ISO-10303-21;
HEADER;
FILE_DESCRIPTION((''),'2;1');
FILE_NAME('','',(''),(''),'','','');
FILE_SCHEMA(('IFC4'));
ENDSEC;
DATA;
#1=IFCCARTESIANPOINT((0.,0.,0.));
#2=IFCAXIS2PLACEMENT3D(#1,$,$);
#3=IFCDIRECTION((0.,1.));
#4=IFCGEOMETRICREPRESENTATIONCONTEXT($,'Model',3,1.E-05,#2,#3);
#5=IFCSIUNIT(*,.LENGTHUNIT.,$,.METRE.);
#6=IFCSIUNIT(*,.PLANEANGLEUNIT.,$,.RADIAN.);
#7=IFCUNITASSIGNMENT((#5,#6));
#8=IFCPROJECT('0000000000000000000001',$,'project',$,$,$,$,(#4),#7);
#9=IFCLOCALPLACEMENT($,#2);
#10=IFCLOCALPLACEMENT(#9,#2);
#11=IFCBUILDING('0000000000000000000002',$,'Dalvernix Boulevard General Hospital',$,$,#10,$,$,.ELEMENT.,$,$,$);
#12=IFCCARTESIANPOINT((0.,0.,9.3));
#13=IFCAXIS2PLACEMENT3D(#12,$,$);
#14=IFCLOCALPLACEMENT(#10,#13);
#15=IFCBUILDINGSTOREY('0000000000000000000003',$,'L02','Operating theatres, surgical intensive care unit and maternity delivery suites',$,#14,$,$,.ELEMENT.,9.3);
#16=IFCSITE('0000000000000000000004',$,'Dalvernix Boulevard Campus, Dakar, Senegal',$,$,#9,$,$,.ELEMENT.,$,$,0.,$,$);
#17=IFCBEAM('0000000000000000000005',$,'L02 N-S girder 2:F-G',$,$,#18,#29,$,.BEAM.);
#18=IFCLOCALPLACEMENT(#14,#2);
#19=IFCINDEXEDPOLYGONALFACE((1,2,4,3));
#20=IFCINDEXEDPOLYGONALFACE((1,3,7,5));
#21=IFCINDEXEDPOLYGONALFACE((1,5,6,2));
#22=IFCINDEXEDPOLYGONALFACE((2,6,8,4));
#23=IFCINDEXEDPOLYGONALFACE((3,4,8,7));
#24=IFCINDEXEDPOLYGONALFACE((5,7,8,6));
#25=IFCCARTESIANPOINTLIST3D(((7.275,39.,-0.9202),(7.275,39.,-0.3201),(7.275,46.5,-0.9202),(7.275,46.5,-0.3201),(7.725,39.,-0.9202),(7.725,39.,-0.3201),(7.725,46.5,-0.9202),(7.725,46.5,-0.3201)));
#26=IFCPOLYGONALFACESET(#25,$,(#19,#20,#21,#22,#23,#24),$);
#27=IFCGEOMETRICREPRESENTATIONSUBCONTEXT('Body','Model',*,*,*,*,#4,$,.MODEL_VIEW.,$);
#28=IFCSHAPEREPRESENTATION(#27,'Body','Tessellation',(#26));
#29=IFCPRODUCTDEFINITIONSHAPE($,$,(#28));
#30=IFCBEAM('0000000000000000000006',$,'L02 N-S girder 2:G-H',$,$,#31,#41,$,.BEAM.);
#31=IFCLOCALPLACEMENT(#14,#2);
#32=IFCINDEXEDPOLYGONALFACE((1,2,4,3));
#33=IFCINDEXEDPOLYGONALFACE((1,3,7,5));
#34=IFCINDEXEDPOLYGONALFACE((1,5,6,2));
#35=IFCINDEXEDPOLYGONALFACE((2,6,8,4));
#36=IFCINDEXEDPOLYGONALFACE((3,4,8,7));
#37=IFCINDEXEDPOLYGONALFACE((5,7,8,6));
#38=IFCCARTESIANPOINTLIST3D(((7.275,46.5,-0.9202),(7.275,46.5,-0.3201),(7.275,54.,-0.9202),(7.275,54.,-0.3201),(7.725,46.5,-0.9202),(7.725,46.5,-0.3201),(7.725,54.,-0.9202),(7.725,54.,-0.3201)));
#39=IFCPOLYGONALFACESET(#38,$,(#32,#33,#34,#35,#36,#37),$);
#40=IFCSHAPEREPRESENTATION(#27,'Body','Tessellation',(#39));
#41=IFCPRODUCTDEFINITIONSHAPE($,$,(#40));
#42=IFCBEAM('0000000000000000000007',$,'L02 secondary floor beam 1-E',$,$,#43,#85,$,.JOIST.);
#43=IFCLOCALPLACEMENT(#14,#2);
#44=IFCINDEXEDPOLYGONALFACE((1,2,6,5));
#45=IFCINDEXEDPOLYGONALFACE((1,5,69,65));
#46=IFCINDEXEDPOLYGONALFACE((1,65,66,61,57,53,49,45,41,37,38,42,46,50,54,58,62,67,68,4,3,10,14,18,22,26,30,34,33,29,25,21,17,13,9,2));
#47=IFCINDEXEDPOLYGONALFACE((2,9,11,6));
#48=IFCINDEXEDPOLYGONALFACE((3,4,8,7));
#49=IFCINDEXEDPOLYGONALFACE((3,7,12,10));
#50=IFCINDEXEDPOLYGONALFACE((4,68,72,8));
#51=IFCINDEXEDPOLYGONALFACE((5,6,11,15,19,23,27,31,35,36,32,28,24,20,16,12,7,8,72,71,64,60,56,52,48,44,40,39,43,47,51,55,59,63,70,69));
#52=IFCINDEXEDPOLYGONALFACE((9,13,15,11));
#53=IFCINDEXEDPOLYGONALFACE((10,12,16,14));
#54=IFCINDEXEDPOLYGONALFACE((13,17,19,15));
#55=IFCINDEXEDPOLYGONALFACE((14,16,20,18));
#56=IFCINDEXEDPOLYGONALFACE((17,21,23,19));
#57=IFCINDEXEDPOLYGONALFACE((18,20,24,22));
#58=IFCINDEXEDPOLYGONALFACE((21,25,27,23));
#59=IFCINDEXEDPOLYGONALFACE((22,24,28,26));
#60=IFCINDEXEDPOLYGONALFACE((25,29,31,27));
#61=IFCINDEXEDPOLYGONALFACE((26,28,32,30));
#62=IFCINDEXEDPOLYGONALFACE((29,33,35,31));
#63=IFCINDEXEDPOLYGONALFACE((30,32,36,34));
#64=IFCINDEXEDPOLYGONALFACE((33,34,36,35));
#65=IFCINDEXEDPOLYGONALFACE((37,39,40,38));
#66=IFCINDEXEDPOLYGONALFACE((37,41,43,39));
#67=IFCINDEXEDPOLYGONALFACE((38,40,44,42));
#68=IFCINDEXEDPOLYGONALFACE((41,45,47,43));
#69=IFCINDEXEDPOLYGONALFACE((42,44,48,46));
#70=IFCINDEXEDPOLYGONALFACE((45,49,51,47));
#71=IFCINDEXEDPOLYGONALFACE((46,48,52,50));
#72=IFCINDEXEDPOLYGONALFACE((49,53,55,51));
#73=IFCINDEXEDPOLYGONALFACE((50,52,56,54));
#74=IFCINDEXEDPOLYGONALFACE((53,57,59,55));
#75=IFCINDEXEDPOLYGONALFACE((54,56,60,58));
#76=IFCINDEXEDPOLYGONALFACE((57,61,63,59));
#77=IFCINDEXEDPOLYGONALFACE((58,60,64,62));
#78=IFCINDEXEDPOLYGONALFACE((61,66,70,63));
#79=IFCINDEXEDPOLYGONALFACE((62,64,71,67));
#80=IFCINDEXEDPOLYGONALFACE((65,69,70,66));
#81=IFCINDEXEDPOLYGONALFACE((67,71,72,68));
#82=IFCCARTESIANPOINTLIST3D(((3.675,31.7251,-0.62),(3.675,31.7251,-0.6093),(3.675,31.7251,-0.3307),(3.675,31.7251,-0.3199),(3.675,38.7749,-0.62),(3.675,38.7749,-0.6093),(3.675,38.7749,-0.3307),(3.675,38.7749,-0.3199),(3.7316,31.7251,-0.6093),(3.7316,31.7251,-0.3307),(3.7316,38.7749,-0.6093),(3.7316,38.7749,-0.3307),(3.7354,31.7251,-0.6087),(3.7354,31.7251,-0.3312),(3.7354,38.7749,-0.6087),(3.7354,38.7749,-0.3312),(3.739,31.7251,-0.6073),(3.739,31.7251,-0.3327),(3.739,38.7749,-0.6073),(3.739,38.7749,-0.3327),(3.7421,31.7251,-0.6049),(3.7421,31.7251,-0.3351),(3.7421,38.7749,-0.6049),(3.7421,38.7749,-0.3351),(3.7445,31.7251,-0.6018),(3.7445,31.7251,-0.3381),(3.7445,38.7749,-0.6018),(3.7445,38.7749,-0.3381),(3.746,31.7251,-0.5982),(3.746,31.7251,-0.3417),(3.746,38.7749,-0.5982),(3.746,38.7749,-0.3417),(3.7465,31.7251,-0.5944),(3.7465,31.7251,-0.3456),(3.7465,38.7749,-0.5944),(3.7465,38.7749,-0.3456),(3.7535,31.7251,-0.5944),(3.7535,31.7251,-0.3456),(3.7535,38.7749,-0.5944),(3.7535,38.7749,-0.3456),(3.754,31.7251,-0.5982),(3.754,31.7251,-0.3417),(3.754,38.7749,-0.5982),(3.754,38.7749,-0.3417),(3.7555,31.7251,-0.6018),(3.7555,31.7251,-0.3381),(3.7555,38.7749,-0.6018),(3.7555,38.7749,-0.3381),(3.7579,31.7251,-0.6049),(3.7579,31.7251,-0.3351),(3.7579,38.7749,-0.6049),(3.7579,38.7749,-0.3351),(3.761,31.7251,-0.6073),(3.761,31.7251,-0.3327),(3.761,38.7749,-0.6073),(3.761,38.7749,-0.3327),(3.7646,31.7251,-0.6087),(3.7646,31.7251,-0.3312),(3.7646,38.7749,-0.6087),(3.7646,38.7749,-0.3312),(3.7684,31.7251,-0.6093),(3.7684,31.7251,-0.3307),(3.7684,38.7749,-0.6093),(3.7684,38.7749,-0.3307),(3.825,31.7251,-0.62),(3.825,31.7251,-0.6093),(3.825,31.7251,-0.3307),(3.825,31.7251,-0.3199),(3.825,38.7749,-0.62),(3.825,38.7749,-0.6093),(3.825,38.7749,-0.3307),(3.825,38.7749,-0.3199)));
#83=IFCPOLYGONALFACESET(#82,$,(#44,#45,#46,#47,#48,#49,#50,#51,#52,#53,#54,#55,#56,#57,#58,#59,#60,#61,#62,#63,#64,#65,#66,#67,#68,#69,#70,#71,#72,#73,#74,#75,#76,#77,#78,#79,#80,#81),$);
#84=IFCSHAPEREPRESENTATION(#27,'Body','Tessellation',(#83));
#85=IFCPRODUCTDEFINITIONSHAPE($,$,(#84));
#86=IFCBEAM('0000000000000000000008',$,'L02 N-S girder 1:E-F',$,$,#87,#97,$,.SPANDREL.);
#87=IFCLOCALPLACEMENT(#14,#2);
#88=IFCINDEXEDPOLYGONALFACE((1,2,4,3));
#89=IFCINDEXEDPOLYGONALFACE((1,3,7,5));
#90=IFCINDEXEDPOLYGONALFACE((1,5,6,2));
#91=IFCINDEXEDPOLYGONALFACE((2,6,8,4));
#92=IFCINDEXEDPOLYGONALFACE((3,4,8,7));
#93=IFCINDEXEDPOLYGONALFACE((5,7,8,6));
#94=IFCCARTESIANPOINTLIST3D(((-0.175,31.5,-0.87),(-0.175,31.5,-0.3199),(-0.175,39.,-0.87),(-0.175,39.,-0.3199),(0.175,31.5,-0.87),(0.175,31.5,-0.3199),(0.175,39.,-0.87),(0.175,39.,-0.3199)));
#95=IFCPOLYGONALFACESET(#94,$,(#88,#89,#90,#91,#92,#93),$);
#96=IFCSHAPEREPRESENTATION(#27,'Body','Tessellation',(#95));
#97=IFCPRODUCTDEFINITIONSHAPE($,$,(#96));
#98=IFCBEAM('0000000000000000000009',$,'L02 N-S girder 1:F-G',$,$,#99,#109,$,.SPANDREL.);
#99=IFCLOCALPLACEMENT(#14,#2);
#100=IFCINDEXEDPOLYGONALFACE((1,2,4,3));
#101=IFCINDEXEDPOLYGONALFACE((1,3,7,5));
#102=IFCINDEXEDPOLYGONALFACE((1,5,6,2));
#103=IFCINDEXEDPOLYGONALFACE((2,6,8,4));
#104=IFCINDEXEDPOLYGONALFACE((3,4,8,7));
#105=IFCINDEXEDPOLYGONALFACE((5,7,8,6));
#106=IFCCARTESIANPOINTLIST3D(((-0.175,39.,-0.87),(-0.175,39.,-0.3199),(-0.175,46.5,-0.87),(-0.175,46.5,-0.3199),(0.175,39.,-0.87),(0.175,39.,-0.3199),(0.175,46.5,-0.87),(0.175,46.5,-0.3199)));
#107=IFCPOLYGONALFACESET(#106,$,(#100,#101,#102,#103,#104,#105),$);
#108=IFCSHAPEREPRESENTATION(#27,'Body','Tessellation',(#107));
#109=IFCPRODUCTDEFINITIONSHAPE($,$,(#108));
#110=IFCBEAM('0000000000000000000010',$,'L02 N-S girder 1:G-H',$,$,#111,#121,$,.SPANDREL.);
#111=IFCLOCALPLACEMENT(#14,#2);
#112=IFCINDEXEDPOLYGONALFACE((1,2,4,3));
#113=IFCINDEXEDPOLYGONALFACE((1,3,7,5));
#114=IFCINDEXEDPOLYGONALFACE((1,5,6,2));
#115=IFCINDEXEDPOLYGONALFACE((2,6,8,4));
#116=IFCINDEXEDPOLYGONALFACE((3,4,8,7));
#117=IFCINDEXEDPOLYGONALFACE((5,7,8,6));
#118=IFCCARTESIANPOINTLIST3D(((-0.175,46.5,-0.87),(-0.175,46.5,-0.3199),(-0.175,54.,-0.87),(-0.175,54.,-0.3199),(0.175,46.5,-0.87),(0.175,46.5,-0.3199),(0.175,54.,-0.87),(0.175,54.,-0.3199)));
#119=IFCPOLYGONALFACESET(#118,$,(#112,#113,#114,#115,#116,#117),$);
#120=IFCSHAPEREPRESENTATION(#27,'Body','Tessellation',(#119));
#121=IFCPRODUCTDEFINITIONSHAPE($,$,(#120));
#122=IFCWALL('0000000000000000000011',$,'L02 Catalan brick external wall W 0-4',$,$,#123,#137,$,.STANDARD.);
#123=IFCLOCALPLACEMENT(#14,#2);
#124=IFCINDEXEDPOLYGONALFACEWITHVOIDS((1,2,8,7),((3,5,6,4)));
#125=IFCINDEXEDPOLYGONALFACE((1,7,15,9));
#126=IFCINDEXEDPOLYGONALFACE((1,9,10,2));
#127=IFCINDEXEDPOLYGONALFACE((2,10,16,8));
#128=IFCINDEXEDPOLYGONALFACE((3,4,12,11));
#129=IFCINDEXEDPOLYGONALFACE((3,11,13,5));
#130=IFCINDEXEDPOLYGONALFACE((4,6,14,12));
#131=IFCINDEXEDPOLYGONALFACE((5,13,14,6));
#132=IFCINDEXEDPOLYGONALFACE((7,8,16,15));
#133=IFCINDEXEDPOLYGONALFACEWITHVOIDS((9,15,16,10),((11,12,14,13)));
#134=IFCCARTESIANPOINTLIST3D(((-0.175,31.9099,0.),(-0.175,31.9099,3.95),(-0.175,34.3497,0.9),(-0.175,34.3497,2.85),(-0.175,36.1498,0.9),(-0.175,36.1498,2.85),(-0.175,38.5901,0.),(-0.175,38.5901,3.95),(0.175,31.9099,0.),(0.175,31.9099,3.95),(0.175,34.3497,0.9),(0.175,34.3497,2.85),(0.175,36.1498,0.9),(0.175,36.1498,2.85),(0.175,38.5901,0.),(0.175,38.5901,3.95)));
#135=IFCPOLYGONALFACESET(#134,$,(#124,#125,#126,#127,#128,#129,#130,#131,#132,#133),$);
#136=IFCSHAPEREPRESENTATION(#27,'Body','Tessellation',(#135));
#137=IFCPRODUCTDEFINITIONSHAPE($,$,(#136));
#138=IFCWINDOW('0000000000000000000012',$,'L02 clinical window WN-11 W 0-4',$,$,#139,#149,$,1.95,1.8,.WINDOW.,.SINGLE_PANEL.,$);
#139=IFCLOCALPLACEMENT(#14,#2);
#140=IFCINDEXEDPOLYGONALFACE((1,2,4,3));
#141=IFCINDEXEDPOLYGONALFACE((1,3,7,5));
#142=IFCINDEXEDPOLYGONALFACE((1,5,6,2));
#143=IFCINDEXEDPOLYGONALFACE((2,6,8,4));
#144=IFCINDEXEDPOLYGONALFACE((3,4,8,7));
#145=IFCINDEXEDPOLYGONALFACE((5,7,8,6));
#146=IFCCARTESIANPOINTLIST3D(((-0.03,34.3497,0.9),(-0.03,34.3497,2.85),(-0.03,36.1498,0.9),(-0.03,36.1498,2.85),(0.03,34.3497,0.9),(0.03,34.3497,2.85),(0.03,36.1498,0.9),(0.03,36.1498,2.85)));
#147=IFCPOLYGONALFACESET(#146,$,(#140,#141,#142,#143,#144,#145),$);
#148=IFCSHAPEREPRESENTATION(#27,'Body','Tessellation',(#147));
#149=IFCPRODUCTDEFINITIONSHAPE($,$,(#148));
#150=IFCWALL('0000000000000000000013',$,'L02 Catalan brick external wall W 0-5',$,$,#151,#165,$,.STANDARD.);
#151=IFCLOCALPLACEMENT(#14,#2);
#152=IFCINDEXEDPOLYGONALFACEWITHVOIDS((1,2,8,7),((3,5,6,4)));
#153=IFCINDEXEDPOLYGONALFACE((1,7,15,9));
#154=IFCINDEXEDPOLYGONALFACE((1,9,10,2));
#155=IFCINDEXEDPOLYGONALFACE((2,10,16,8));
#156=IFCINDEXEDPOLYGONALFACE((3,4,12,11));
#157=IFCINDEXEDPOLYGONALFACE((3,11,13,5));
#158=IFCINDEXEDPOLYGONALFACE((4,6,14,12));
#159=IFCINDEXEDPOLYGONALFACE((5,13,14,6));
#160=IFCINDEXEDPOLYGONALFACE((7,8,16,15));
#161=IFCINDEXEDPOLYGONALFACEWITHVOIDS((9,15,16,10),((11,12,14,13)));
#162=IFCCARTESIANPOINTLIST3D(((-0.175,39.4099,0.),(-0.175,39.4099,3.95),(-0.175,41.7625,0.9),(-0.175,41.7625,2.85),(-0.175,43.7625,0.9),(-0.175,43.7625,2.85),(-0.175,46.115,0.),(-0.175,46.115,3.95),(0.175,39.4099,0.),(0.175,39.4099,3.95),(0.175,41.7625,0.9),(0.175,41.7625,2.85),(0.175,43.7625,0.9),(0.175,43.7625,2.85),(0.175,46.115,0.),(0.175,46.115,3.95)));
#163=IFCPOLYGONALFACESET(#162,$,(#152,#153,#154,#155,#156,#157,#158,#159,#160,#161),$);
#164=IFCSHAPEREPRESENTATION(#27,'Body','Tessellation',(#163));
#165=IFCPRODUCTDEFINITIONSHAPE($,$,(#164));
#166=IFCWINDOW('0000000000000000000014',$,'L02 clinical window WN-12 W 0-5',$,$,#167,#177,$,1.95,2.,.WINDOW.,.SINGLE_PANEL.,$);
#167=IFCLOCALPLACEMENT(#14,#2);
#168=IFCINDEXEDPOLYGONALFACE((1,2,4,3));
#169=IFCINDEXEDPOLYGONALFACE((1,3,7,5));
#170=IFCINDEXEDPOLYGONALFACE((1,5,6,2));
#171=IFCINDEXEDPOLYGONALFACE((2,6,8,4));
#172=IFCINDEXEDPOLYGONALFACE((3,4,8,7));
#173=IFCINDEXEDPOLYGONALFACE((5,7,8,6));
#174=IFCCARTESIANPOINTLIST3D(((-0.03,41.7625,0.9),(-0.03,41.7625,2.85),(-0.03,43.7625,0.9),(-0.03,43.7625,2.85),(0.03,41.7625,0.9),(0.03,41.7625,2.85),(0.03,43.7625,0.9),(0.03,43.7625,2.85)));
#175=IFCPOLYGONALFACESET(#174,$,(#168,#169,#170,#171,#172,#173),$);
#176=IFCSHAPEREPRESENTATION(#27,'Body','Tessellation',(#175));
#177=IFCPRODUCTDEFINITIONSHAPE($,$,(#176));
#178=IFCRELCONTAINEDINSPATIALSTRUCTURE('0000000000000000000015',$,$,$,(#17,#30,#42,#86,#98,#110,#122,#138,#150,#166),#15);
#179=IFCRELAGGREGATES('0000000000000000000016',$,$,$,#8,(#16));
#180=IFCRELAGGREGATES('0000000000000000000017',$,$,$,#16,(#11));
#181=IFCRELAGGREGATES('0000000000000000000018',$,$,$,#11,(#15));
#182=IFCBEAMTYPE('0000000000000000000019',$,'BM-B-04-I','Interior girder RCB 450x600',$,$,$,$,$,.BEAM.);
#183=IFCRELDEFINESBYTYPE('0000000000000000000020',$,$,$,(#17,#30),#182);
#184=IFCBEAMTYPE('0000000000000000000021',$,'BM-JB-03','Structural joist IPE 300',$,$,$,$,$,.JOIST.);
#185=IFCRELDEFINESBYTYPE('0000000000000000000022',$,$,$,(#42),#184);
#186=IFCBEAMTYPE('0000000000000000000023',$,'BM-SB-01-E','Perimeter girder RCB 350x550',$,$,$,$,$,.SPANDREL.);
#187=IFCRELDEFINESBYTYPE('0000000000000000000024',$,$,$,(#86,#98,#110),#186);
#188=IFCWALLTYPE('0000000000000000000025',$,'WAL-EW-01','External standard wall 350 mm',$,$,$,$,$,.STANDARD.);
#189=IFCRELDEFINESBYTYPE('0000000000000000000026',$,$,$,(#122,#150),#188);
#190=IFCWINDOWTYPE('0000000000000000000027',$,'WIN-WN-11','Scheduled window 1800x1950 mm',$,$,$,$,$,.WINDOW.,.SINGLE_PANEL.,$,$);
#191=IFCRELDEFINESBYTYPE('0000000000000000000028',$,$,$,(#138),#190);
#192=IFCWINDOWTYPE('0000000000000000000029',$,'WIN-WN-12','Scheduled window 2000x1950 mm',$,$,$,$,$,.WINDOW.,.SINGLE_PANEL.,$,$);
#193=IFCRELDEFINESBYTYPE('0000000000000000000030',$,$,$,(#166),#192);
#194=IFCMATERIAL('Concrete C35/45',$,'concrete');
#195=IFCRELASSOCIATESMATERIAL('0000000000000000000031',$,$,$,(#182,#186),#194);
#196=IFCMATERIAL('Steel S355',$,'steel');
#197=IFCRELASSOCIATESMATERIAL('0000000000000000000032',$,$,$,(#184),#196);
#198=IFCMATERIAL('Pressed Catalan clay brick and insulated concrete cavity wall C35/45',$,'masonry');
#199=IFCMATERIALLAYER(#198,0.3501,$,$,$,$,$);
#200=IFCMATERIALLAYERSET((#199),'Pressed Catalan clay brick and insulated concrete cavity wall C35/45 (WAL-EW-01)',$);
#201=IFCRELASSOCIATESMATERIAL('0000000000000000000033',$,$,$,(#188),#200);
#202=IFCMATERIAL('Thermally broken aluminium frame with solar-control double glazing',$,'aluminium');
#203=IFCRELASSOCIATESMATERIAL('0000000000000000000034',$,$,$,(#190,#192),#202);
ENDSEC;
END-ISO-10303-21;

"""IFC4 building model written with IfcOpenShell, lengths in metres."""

from ifc_helpers import new_model, si_unit, direction, frame, frame_2d, origin, origin_2d, place, context, subcontext, project, spatial, rectangle, i_section, extrude, material, layer, layer_set, material_profile, profile_set, type_object, element, fill, save


model = new_model("IFC4")

# Units and contexts
model_context = context("Model", 3, precision=1e-05, world=origin(), true_north=direction((0.0, 1.0)))
body_context = subcontext(model_context, "Body", "Model", "MODEL_VIEW")
ifc_project = project(units=[si_unit("LENGTHUNIT", "METRE"), si_unit("PLANEANGLEUNIT", "RADIAN")], contexts=[model_context])

# Site, building, storey
site_placement = place(None, origin())
site = spatial("IfcSite", under=ifc_project, at=site_placement, Name="Dalvernix Boulevard Campus, Dakar, Senegal", CompositionType="ELEMENT", RefElevation=0.0)
building_placement = place(site_placement, origin())
building = spatial("IfcBuilding", under=site, at=building_placement, Name="Dalvernix Boulevard General Hospital", CompositionType="ELEMENT")
storey_placement = place(building_placement, frame((0.0, 0.0, 9.3)))
storey = spatial("IfcBuildingStorey", under=building, at=storey_placement, Name="L02", Description="Operating theatres, surgical intensive care unit and maternity delivery suites", CompositionType="ELEMENT", Elevation=9.3)

# Beams
ifc_material_1 = material(Name="Concrete C35/45", Category="concrete")
ifc_material_profile_1 = material_profile(ifc_material_1, rectangle(XDim=0.45, YDim=0.6001, at=origin_2d()), Name="RCB 450x600")
ifc_profile_set_1 = profile_set([ifc_material_profile_1], Name="Concrete C35/45")
beam_type_1 = type_object("IfcBeamType", Name="BM-B-04-I", Description="Interior girder RCB 450x600", PredefinedType="BEAM", material=ifc_profile_set_1)
for number, where, z_axis, x_axis, name in (
    (1, (7.5, 39.0, -0.6201), (0.0, 1.0, 0.0), (-1.0, 0.0, 0.0), "L02 N-S girder 2:F-G"),
    (2, (7.5, 46.5, -0.6201), (0.0, 1.0, 0.0), (-1.0, 0.0, 0.0), "L02 N-S girder 2:G-H"),
):
    element("IfcBeam", number, at=place(storey_placement, frame(where, z_axis=z_axis, x_axis=x_axis)), inside=storey, type_object=beam_type_1, Name=name, PredefinedType="BEAM", context=body_context, shape_type="SweptSolid", body=[
        extrude(rectangle(XDim=0.45, YDim=0.6001, at=origin_2d()), origin(), (0.0, 0.0, 1.0), 7.5),
    ])
ifc_material_2 = material(Name="Steel S355", Category="steel")
ifc_material_profile_2 = material_profile(ifc_material_2, i_section(OverallWidth=0.1499, OverallDepth=0.3, WebThickness=0.0071, FlangeThickness=0.0107, FilletRadius=0.0149, at=origin_2d()), Name="IPE 300")
ifc_profile_set_2 = profile_set([ifc_material_profile_2], Name="Steel S355")
beam_type_2 = type_object("IfcBeamType", Name="BM-JB-03", Description="Structural joist IPE 300", PredefinedType="JOIST", material=ifc_profile_set_2)
beam_placement = place(storey_placement, frame((3.75, 31.7251, -0.47), z_axis=(0.0, 1.0, 0.0), x_axis=(-1.0, 0.0, 0.0)))
element("IfcBeam", 3, at=beam_placement, inside=storey, type_object=beam_type_2, Name="L02 secondary floor beam 1-E", PredefinedType="JOIST", context=body_context, shape_type="SweptSolid", body=[
    extrude(i_section(OverallWidth=0.1499, OverallDepth=0.3, WebThickness=0.0071, FlangeThickness=0.0107, FilletRadius=0.0149, at=origin_2d()), origin(), (0.0, 0.0, 1.0), 7.0498),
])
ifc_material_profile_3 = material_profile(ifc_material_1, rectangle(XDim=0.3501, YDim=0.55, at=origin_2d()), Name="RCB 350x550")
ifc_profile_set_3 = profile_set([ifc_material_profile_3], Name="Concrete C35/45")
beam_type_3 = type_object("IfcBeamType", Name="BM-SB-01-E", Description="Perimeter girder RCB 350x550", PredefinedType="SPANDREL", material=ifc_profile_set_3)
for number, where, z_axis, x_axis, name in (
    (4, (0.0, 31.5, -0.595), (0.0, 1.0, 0.0), (-1.0, 0.0, 0.0), "L02 N-S girder 1:E-F"),
    (5, (0.0, 39.0, -0.595), (0.0, 1.0, 0.0), (-1.0, 0.0, 0.0), "L02 N-S girder 1:F-G"),
    (6, (0.0, 46.5, -0.595), (0.0, 1.0, 0.0), (-1.0, 0.0, 0.0), "L02 N-S girder 1:G-H"),
):
    element("IfcBeam", number, at=place(storey_placement, frame(where, z_axis=z_axis, x_axis=x_axis)), inside=storey, type_object=beam_type_3, Name=name, PredefinedType="SPANDREL", context=body_context, shape_type="SweptSolid", body=[
        extrude(rectangle(XDim=0.3501, YDim=0.55, at=origin_2d()), origin(), (0.0, 0.0, 1.0), 7.5),
    ])

# Walls, openings, windows
ifc_material_3 = material(Name="Pressed Catalan clay brick and insulated concrete cavity wall C35/45", Category="masonry")
ifc_layer_1 = layer(ifc_material_3, 0.3501)
ifc_layer_set_1 = layer_set([ifc_layer_1], Name="Pressed Catalan clay brick and insulated concrete cavity wall C35/45 (WAL-EW-01)")
wall_type_1 = type_object("IfcWallType", Name="WAL-EW-01", Description="External standard wall 350 mm", PredefinedType="STANDARD", material=ifc_layer_set_1)
wall_1_placement = place(storey_placement, frame((0.0, 31.9099, 0.0), z_axis=(0.0, 0.0, 1.0), x_axis=(0.0, 1.0, 0.0)))
wall_1 = element("IfcWall", 7, at=wall_1_placement, inside=storey, type_object=wall_type_1, Name="L02 Catalan brick external wall W 0-4", PredefinedType="STANDARD", context=body_context, shape_type="SweptSolid", body=[
    extrude(rectangle(XDim=6.6802, YDim=0.3501, at=frame_2d((3.3401, 0.0))), origin(), (0.0, 0.0, 1.0), 3.95),
])
opening_1_placement = place(wall_1_placement, frame((2.4399, 0.0, 0.8999)))
opening_1 = element("IfcOpeningElement", 8, at=opening_1_placement, cuts=wall_1, PredefinedType="OPENING", context=body_context, shape_type="SweptSolid", body=[
    extrude(rectangle(XDim=1.8, YDim=1.95, at=frame_2d((0.8999, 0.9751))), frame((0.0, 0.1851, 0.0), z_axis=(0.0, -1.0, 0.0), x_axis=(1.0, 0.0, 0.0)), (0.0, 0.0, 1.0), 0.3701),
])
ifc_material_4 = material(Name="Thermally broken aluminium frame with solar-control double glazing", Category="aluminium")
window_type_1 = type_object("IfcWindowType", Name="WIN-WN-11", Description="Scheduled window 1800x1950 mm", PartitioningType="SINGLE_PANEL", PredefinedType="WINDOW", material=ifc_material_4)
window_1_placement = place(opening_1_placement, origin())
window_1 = element("IfcWindow", 9, at=window_1_placement, inside=storey, type_object=window_type_1, Name="L02 clinical window WN-11 W 0-4", OverallHeight=1.95, OverallWidth=1.8, PartitioningType="SINGLE_PANEL", PredefinedType="WINDOW", context=body_context, shape_type="SweptSolid", body=[
    extrude(rectangle(XDim=1.8, YDim=1.95, at=frame_2d((0.8999, 0.9751))), frame((0.0, 0.03, 0.0), z_axis=(0.0, -1.0, 0.0), x_axis=(1.0, 0.0, 0.0)), (0.0, 0.0, 1.0), 0.0601),
])
fill(opening_1, window_1)
wall_2_placement = place(storey_placement, frame((0.0, 39.4099, 0.0), z_axis=(0.0, 0.0, 1.0), x_axis=(0.0, 1.0, 0.0)))
wall_2 = element("IfcWall", 10, at=wall_2_placement, inside=storey, type_object=wall_type_1, Name="L02 Catalan brick external wall W 0-5", PredefinedType="STANDARD", context=body_context, shape_type="SweptSolid", body=[
    extrude(rectangle(XDim=6.7051, YDim=0.3501, at=frame_2d((3.3525, 0.0))), origin(), (0.0, 0.0, 1.0), 3.95),
])
opening_2_placement = place(wall_2_placement, frame((2.3525, 0.0, 0.8999)))
opening_2 = element("IfcOpeningElement", 11, at=opening_2_placement, cuts=wall_2, PredefinedType="OPENING", context=body_context, shape_type="SweptSolid", body=[
    extrude(rectangle(XDim=2.0, YDim=1.95, at=frame_2d((1.0, 0.9751))), frame((0.0, 0.1851, 0.0), z_axis=(0.0, -1.0, 0.0), x_axis=(1.0, 0.0, 0.0)), (0.0, 0.0, 1.0), 0.3701),
])
window_type_2 = type_object("IfcWindowType", Name="WIN-WN-12", Description="Scheduled window 2000x1950 mm", PartitioningType="SINGLE_PANEL", PredefinedType="WINDOW", material=ifc_material_4)
window_2_placement = place(opening_2_placement, origin())
window_2 = element("IfcWindow", 12, at=window_2_placement, inside=storey, type_object=window_type_2, Name="L02 clinical window WN-12 W 0-5", OverallHeight=1.95, OverallWidth=2.0, PartitioningType="SINGLE_PANEL", PredefinedType="WINDOW", context=body_context, shape_type="SweptSolid", body=[
    extrude(rectangle(XDim=2.0, YDim=1.95, at=frame_2d((1.0, 0.9751))), frame((0.0, 0.03, 0.0), z_axis=(0.0, -1.0, 0.0), x_axis=(1.0, 0.0, 0.0)), (0.0, 0.0, 1.0), 0.0601),
])
fill(opening_2, window_2)

save(model, "model.ifc")
